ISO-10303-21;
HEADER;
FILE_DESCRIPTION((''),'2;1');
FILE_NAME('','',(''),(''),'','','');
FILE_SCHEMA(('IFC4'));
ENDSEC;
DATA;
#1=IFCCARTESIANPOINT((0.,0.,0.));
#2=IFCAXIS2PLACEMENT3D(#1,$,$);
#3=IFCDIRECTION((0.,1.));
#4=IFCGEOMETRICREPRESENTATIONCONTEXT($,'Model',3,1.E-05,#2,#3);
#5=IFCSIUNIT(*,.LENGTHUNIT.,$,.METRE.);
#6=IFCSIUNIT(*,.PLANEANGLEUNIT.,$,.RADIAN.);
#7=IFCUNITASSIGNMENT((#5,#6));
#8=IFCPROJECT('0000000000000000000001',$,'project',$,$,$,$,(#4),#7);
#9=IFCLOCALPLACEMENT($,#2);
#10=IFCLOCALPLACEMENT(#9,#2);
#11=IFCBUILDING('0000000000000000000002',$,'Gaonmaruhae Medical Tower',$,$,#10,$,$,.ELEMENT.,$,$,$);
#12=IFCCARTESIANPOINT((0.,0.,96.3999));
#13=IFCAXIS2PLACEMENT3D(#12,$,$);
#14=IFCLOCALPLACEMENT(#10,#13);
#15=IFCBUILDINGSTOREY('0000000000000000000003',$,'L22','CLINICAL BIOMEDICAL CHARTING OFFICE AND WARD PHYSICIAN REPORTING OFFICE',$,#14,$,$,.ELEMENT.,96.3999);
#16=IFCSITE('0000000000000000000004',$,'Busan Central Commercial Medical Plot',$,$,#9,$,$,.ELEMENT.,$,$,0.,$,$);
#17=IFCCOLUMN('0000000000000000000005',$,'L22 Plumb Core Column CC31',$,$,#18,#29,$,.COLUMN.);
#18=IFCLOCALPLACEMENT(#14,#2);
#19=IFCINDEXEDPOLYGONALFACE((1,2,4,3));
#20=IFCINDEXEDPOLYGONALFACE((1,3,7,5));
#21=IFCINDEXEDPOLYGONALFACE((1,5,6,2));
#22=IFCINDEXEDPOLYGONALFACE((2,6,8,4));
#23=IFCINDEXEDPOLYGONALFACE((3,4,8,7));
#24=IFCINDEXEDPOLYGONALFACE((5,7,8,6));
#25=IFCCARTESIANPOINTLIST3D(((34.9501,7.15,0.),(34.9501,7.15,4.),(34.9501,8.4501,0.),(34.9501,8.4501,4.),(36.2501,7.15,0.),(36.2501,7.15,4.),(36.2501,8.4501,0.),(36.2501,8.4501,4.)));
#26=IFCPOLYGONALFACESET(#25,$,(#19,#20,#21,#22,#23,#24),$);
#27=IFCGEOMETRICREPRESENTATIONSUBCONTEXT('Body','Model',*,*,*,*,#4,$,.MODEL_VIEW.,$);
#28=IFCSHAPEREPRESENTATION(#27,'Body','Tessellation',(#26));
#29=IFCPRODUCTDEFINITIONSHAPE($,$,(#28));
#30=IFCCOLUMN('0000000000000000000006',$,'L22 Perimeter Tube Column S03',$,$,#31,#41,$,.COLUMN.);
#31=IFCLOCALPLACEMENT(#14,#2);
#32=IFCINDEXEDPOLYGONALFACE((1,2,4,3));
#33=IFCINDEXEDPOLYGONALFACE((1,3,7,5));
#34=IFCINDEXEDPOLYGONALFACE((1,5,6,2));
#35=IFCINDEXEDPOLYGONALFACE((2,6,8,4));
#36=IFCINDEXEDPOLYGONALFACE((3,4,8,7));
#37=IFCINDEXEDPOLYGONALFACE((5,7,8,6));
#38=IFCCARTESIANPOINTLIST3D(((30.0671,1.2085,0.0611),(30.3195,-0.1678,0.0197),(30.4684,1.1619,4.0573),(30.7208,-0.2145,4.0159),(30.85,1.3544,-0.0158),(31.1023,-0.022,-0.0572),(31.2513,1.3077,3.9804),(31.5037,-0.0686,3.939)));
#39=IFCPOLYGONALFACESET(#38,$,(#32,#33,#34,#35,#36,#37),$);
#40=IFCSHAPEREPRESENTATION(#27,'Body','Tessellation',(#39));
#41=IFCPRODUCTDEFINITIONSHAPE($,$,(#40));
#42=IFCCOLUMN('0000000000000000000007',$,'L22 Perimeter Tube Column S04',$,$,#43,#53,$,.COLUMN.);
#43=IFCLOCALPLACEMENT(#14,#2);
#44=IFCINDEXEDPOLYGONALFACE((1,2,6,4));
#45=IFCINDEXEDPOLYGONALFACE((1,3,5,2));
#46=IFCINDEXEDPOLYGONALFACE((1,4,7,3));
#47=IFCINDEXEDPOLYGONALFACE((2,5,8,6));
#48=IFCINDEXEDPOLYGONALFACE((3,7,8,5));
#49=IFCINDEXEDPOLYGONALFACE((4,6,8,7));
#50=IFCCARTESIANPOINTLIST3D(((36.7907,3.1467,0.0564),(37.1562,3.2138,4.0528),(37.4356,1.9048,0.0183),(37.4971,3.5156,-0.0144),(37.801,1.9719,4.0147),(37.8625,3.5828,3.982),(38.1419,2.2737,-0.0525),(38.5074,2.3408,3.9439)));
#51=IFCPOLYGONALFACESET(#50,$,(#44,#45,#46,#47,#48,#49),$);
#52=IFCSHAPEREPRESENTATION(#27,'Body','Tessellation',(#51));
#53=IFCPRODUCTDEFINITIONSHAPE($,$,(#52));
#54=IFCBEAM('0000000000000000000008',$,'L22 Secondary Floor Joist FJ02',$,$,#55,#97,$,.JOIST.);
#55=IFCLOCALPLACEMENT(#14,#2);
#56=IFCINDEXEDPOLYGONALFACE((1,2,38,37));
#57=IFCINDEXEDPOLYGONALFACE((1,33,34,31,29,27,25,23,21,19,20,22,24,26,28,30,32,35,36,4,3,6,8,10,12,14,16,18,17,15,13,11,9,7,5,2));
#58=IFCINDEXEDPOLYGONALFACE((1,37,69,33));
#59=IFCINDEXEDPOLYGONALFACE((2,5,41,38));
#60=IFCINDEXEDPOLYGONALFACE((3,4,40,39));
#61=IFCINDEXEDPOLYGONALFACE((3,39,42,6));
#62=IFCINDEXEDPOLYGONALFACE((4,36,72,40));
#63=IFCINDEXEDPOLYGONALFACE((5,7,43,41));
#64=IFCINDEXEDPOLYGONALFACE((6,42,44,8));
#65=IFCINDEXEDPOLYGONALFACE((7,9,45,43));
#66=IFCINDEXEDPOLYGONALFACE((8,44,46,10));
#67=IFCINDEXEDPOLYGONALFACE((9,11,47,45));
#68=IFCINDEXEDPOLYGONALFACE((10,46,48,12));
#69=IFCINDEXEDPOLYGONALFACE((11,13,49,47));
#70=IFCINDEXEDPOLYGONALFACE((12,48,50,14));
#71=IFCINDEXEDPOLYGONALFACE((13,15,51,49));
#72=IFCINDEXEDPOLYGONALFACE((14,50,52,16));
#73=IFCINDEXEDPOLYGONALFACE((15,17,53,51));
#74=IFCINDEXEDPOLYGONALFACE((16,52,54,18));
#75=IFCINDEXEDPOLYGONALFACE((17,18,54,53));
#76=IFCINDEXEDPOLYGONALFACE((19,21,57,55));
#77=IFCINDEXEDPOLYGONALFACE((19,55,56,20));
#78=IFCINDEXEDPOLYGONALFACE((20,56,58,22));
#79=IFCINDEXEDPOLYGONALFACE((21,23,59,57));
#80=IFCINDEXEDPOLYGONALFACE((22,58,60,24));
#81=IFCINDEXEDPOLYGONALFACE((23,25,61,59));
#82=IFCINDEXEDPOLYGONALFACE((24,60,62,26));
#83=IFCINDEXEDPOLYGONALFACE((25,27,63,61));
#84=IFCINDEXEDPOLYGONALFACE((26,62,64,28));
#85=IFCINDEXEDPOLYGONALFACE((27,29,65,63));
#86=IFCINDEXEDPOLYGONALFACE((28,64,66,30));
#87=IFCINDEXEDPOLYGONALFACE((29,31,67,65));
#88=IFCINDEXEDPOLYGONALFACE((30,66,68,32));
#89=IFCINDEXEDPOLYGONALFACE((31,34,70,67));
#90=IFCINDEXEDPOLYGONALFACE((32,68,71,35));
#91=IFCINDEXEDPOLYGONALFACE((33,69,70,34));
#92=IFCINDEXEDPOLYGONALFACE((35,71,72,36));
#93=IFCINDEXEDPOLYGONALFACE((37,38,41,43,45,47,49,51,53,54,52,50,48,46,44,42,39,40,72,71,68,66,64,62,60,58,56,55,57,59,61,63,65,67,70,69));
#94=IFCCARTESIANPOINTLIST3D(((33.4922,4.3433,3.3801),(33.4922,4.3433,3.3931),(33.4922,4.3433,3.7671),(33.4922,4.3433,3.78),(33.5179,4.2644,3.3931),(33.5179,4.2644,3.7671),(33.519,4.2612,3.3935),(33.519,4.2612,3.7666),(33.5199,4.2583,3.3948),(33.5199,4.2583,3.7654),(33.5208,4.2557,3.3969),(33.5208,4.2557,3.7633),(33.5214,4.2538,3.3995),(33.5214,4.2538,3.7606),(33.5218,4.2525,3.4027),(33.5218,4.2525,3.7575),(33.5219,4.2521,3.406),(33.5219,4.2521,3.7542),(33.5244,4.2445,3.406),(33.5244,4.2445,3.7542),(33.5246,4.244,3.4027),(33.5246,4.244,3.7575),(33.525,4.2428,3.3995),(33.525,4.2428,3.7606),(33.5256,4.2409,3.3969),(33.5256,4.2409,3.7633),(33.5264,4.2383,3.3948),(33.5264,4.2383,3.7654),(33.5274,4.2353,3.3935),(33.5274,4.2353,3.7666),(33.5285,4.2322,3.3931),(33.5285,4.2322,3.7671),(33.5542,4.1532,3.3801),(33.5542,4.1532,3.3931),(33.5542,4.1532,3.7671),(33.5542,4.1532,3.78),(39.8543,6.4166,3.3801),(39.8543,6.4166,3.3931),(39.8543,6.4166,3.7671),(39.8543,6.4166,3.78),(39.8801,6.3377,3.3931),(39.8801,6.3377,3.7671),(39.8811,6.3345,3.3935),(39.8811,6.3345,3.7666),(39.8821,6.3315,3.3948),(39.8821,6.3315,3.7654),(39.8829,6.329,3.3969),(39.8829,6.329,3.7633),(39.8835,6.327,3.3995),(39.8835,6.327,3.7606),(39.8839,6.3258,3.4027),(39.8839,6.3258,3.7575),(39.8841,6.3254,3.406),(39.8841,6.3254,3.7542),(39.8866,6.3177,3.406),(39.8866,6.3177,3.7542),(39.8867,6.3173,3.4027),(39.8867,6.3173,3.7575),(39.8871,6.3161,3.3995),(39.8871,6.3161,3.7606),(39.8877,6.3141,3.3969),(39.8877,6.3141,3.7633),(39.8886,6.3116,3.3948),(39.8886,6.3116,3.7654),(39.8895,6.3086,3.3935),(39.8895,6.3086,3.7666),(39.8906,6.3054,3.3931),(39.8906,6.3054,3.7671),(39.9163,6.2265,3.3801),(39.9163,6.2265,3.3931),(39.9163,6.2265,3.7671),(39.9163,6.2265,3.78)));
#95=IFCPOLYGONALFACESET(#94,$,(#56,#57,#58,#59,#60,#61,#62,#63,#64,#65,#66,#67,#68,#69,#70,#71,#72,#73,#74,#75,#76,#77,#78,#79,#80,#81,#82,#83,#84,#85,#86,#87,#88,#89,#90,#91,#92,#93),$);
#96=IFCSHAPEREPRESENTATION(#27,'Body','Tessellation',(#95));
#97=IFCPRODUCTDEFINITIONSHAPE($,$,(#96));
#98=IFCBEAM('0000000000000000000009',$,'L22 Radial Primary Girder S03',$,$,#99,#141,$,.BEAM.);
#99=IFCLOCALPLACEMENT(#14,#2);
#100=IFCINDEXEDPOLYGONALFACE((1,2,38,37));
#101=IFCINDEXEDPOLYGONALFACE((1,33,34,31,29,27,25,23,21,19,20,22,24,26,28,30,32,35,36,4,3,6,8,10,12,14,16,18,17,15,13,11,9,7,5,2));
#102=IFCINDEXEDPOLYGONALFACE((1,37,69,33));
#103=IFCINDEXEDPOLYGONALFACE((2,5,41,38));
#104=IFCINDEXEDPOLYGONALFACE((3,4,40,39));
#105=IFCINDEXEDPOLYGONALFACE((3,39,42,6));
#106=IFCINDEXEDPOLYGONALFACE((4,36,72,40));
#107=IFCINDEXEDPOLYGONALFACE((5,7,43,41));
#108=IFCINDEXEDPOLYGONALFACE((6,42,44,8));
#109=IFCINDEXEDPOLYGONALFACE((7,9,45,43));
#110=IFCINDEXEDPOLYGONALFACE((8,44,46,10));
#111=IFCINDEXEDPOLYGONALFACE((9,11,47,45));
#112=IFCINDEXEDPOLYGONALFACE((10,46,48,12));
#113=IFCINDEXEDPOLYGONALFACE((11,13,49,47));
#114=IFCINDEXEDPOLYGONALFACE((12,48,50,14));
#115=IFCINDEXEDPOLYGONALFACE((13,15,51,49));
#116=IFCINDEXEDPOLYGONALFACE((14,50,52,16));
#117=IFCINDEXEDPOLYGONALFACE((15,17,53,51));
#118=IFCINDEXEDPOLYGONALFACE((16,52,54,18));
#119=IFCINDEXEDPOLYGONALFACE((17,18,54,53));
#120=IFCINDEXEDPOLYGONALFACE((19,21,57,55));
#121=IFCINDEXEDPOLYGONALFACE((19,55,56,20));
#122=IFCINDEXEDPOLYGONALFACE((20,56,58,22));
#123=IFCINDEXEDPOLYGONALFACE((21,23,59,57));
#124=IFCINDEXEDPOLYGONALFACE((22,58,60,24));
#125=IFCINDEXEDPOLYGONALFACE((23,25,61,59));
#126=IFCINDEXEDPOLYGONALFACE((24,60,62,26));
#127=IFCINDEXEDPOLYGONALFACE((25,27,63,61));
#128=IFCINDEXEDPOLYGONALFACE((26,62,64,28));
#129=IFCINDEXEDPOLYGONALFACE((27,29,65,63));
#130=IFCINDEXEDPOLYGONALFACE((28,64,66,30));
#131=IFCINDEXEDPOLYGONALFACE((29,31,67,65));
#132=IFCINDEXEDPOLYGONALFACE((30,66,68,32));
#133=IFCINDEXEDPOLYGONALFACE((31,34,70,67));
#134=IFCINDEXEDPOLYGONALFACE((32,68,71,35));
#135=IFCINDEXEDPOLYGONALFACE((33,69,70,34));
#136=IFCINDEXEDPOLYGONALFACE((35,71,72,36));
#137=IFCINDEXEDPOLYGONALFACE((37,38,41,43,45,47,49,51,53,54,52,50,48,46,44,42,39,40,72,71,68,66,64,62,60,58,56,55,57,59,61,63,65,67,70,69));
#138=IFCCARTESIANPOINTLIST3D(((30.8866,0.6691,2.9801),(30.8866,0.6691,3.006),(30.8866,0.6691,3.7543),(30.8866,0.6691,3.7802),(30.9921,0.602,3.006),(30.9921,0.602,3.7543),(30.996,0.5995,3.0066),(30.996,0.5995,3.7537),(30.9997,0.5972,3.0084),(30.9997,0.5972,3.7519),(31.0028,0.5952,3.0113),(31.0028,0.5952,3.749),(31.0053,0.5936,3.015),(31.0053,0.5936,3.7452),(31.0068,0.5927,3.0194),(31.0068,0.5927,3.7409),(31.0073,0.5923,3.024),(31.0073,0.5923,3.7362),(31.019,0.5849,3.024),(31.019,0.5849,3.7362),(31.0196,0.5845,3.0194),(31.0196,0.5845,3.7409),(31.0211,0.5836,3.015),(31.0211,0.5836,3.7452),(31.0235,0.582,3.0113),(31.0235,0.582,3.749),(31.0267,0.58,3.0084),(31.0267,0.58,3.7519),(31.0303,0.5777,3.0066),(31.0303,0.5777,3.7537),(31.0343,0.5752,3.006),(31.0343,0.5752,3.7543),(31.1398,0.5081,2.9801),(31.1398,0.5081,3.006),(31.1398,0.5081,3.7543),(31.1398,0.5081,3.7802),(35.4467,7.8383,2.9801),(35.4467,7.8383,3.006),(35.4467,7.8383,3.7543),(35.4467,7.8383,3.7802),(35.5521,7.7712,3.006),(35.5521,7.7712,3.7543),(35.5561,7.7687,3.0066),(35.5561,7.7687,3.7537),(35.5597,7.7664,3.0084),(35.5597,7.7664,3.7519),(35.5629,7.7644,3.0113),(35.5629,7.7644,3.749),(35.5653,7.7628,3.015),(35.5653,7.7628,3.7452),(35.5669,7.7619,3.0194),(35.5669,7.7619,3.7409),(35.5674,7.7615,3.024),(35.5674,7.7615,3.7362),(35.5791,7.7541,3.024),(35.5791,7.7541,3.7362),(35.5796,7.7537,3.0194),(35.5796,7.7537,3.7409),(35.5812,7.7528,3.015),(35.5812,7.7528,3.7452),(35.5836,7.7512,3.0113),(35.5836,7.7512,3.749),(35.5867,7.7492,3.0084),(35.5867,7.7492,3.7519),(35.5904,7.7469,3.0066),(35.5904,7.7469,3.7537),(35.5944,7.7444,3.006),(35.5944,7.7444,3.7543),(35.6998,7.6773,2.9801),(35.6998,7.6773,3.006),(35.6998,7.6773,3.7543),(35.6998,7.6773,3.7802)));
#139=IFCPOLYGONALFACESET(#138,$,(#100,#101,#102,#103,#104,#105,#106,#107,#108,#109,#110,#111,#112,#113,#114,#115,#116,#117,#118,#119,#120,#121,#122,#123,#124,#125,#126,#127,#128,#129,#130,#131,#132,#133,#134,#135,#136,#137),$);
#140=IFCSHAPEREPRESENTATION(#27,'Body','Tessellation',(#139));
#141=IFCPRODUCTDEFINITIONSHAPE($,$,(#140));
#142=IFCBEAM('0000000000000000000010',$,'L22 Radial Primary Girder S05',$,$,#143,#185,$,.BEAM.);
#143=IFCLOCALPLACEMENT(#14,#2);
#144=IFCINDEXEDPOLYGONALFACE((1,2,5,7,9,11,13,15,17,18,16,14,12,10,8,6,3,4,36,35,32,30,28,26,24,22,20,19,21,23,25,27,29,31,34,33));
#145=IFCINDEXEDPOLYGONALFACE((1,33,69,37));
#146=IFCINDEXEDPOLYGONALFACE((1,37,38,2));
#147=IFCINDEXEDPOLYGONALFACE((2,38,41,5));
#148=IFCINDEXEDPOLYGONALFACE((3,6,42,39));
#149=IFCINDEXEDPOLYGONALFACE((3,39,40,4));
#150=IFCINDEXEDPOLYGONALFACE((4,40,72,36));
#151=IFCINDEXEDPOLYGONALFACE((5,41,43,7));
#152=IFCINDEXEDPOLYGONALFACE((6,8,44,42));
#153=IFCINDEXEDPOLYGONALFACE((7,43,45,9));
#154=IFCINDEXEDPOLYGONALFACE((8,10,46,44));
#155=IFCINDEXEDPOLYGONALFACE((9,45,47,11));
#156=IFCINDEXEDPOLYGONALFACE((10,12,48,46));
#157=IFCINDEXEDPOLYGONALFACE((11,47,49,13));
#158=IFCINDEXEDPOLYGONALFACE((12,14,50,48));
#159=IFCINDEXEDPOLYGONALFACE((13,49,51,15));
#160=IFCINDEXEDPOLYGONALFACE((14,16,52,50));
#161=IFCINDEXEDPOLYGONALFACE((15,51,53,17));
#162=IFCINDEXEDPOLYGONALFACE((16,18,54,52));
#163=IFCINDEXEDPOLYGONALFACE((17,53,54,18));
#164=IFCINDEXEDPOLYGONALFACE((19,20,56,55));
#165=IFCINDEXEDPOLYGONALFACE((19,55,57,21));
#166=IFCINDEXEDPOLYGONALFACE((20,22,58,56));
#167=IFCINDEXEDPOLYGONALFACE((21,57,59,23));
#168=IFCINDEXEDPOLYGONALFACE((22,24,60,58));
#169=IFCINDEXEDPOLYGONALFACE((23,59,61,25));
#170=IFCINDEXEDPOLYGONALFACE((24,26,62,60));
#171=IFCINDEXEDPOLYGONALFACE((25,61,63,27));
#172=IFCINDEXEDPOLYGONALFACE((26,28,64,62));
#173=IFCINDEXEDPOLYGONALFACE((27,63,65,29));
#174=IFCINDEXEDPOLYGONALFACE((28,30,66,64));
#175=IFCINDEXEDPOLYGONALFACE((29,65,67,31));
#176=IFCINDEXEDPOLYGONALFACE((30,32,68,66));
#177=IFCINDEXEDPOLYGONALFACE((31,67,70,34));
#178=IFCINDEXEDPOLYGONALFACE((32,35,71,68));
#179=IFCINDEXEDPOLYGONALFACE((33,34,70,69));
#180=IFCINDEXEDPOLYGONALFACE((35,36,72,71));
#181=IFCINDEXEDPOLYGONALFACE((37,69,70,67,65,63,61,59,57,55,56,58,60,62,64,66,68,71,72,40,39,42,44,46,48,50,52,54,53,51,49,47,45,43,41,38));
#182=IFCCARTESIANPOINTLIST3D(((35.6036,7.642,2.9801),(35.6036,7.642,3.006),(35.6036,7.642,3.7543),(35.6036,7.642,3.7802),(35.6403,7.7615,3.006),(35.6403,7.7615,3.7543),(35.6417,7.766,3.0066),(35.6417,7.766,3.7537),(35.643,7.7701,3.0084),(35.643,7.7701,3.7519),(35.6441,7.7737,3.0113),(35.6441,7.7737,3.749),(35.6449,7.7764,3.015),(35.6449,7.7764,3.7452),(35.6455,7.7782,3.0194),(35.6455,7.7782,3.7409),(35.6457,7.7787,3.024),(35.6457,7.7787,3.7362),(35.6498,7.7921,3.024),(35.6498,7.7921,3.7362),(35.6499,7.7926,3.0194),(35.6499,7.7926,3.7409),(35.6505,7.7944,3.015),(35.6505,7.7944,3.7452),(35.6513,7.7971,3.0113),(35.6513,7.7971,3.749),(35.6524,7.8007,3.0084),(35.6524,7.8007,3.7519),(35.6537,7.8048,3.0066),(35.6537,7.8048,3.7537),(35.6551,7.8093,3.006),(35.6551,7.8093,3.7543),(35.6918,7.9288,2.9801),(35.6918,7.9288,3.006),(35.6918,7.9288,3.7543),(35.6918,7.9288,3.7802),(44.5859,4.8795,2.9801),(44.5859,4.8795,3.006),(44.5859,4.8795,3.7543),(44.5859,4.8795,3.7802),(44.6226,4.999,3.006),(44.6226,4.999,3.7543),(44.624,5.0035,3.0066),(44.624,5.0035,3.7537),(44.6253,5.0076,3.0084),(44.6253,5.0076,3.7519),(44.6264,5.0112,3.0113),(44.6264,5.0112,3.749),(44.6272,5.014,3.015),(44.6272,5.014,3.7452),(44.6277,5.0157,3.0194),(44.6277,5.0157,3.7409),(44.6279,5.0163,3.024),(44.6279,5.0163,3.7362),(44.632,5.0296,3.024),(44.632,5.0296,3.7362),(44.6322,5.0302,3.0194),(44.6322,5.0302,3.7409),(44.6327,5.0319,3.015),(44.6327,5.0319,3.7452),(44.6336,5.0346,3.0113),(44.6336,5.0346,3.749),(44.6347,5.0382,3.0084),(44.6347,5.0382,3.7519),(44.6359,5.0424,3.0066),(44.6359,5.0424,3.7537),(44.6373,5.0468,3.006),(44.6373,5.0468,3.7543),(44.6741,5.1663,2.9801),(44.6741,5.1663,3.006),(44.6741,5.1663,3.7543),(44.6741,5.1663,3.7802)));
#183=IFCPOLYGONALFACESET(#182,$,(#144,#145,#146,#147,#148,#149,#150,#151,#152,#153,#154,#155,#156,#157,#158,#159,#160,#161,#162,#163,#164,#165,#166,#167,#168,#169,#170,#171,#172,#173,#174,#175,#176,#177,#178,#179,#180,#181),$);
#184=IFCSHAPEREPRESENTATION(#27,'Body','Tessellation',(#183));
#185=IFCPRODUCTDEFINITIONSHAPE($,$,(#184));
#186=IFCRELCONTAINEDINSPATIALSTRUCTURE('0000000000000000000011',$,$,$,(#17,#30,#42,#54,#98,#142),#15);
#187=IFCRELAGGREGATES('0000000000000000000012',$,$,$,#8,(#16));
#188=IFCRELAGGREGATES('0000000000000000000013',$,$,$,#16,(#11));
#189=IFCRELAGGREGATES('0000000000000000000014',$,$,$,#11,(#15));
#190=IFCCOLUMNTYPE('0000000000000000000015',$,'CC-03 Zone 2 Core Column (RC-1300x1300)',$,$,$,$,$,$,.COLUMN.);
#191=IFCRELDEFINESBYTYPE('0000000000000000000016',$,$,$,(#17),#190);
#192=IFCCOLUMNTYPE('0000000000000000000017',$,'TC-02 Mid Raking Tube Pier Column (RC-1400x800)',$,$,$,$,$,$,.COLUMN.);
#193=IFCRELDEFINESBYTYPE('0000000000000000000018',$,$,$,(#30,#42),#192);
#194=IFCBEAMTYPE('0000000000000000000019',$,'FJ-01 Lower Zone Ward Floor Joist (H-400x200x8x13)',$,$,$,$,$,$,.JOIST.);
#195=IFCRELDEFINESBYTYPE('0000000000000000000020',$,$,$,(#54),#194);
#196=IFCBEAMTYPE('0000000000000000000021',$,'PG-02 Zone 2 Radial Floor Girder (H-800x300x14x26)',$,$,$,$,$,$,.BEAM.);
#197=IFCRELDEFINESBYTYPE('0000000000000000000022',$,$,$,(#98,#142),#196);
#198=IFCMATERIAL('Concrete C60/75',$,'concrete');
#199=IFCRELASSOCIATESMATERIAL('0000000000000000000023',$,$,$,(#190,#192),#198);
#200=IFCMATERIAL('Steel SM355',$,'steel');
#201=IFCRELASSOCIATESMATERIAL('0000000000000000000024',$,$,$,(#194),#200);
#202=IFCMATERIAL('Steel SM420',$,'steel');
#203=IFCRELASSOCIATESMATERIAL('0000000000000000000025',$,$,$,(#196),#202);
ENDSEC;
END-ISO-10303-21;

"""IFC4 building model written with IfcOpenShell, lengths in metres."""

from ifc_helpers import new_model, si_unit, direction, frame, origin, origin_2d, place, context, subcontext, project, spatial, rectangle, i_section, extrude, material, material_profile, profile_set, type_object, element, save


model = new_model("IFC4")

# Units and contexts
model_context = context("Model", 3, precision=1e-05, world=origin(), true_north=direction((0.0, 1.0)))
body_context = subcontext(model_context, "Body", "Model", "MODEL_VIEW")
ifc_project = project(units=[si_unit("LENGTHUNIT", "METRE"), si_unit("PLANEANGLEUNIT", "RADIAN")], contexts=[model_context])

# Site, building, storey
site_placement = place(None, origin())
site = spatial("IfcSite", under=ifc_project, at=site_placement, Name="Busan Central Commercial Medical Plot", CompositionType="ELEMENT", RefElevation=0.0)
building_placement = place(site_placement, origin())
building = spatial("IfcBuilding", under=site, at=building_placement, Name="Gaonmaruhae Medical Tower", CompositionType="ELEMENT")
storey_placement = place(building_placement, frame((0.0, 0.0, 96.3999)))
storey = spatial("IfcBuildingStorey", under=building, at=storey_placement, Name="L22", Description="CLINICAL BIOMEDICAL CHARTING OFFICE AND WARD PHYSICIAN REPORTING OFFICE", CompositionType="ELEMENT", Elevation=96.3999)

# Columns
ifc_material_1 = material(Name="Concrete C60/75", Category="concrete")
ifc_material_profile_1 = material_profile(ifc_material_1, rectangle(XDim=1.3, YDim=1.3, at=origin_2d()), Name="RC-1300x1300")
ifc_profile_set_1 = profile_set([ifc_material_profile_1], Name="Concrete C60/75")
column_type_1 = type_object("IfcColumnType", Name="CC-03 Zone 2 Core Column (RC-1300x1300)", PredefinedType="COLUMN", material=ifc_profile_set_1)
column_1_placement = place(storey_placement, frame((35.6001, 7.8, 0.0), z_axis=(0.0, 0.0, 1.0), x_axis=(1.0, 0.0, 0.0)))
element("IfcColumn", 1, at=column_1_placement, inside=storey, type_object=column_type_1, Name="L22 Plumb Core Column CC31", PredefinedType="COLUMN", context=body_context, shape_type="SweptSolid", body=[
    extrude(rectangle(XDim=1.3, YDim=1.3, at=origin_2d()), origin(), (0.0, 0.0, 1.0), 4.0),
])
ifc_material_profile_2 = material_profile(ifc_material_1, rectangle(XDim=1.3999, YDim=0.8, at=origin_2d()), Name="RC-1400x800")
ifc_profile_set_2 = profile_set([ifc_material_profile_2], Name="Concrete C60/75")
column_type_2 = type_object("IfcColumnType", Name="TC-02 Mid Raking Tube Pier Column (RC-1400x800)", PredefinedType="COLUMN", material=ifc_profile_set_2)
column_2_placement = place(storey_placement, frame((30.5847, 0.5933, 0.002), z_axis=(0.099924, -0.011609, 0.994927), x_axis=(-0.180292, 0.983168, 0.029579)))
element("IfcColumn", 2, at=column_2_placement, inside=storey, type_object=column_type_2, Name="L22 Perimeter Tube Column S03", PredefinedType="COLUMN", context=body_context, shape_type="SweptSolid", body=[
    extrude(rectangle(XDim=1.3999, YDim=0.8, at=origin_2d()), origin(), (0.0, 0.0, 1.0), 4.0166),
])
column_3_placement = place(storey_placement, frame((37.4663, 2.7102, 0.002), z_axis=(0.091061, 0.016728, 0.995705), x_axis=(-0.460649, 0.887165, 0.027224)))
element("IfcColumn", 3, at=column_3_placement, inside=storey, type_object=column_type_2, Name="L22 Perimeter Tube Column S04", PredefinedType="COLUMN", context=body_context, shape_type="SweptSolid", body=[
    extrude(rectangle(XDim=1.3999, YDim=0.8, at=origin_2d()), origin(), (0.0, 0.0, 1.0), 4.0137),
])

# Beams
ifc_material_2 = material(Name="Steel SM355", Category="steel")
ifc_material_profile_3 = material_profile(ifc_material_2, i_section(OverallWidth=0.2, OverallDepth=0.3999, WebThickness=0.0081, FlangeThickness=0.0129, FilletRadius=0.0129, at=origin_2d()), Name="H-400x200x8x13")
ifc_profile_set_3 = profile_set([ifc_material_profile_3], Name="Steel SM355")
beam_type_1 = type_object("IfcBeamType", Name="FJ-01 Lower Zone Ward Floor Joist (H-400x200x8x13)", PredefinedType="JOIST", material=ifc_profile_set_3)
beam_1_placement = place(storey_placement, frame((33.5232, 4.2483, 3.5801), z_axis=(0.950789, 0.309839, 0.0), x_axis=(-0.309839, 0.950789, 0.0)))
element("IfcBeam", 4, at=beam_1_placement, inside=storey, type_object=beam_type_1, Name="L22 Secondary Floor Joist FJ02", PredefinedType="JOIST", context=body_context, shape_type="SweptSolid", body=[
    extrude(i_section(OverallWidth=0.2, OverallDepth=0.3999, WebThickness=0.0081, FlangeThickness=0.0129, FilletRadius=0.0129, at=origin_2d()), origin(), (0.0, 0.0, 1.0), 6.6914),
])
ifc_material_3 = material(Name="Steel SM420", Category="steel")
ifc_material_profile_4 = material_profile(ifc_material_3, i_section(OverallWidth=0.3, OverallDepth=0.8, WebThickness=0.0139, FlangeThickness=0.0259, FilletRadius=0.0181, at=origin_2d()), Name="H-800x300x14x26")
ifc_profile_set_4 = profile_set([ifc_material_profile_4], Name="Steel SM420")
beam_type_2 = type_object("IfcBeamType", Name="PG-02 Zone 2 Radial Floor Girder (H-800x300x14x26)", PredefinedType="BEAM", material=ifc_profile_set_4)
beam_2_placement = place(storey_placement, frame((35.5732, 7.7578, 3.3801), z_axis=(-0.536695, -0.843776, 0.0), x_axis=(0.843776, -0.536695, 0.0)))
element("IfcBeam", 5, at=beam_2_placement, inside=storey, type_object=beam_type_2, Name="L22 Radial Primary Girder S03", PredefinedType="BEAM", context=body_context, shape_type="SweptSolid", body=[
    extrude(i_section(OverallWidth=0.3, OverallDepth=0.8, WebThickness=0.0139, FlangeThickness=0.0259, FilletRadius=0.0181, at=origin_2d()), origin(), (0.0, 0.0, 1.0), 8.4966),
])
beam_3_placement = place(storey_placement, frame((35.6477, 7.7854, 3.3801), z_axis=(0.955818, -0.29396, 0.0), x_axis=(0.29396, 0.955818, 0.0)))
element("IfcBeam", 6, at=beam_3_placement, inside=storey, type_object=beam_type_2, Name="L22 Radial Primary Girder S05", PredefinedType="BEAM", context=body_context, shape_type="SweptSolid", body=[
    extrude(i_section(OverallWidth=0.3, OverallDepth=0.8, WebThickness=0.0139, FlangeThickness=0.0259, FilletRadius=0.0181, at=origin_2d()), origin(), (0.0, 0.0, 1.0), 9.3975),
])

save(model, "model.ifc")
